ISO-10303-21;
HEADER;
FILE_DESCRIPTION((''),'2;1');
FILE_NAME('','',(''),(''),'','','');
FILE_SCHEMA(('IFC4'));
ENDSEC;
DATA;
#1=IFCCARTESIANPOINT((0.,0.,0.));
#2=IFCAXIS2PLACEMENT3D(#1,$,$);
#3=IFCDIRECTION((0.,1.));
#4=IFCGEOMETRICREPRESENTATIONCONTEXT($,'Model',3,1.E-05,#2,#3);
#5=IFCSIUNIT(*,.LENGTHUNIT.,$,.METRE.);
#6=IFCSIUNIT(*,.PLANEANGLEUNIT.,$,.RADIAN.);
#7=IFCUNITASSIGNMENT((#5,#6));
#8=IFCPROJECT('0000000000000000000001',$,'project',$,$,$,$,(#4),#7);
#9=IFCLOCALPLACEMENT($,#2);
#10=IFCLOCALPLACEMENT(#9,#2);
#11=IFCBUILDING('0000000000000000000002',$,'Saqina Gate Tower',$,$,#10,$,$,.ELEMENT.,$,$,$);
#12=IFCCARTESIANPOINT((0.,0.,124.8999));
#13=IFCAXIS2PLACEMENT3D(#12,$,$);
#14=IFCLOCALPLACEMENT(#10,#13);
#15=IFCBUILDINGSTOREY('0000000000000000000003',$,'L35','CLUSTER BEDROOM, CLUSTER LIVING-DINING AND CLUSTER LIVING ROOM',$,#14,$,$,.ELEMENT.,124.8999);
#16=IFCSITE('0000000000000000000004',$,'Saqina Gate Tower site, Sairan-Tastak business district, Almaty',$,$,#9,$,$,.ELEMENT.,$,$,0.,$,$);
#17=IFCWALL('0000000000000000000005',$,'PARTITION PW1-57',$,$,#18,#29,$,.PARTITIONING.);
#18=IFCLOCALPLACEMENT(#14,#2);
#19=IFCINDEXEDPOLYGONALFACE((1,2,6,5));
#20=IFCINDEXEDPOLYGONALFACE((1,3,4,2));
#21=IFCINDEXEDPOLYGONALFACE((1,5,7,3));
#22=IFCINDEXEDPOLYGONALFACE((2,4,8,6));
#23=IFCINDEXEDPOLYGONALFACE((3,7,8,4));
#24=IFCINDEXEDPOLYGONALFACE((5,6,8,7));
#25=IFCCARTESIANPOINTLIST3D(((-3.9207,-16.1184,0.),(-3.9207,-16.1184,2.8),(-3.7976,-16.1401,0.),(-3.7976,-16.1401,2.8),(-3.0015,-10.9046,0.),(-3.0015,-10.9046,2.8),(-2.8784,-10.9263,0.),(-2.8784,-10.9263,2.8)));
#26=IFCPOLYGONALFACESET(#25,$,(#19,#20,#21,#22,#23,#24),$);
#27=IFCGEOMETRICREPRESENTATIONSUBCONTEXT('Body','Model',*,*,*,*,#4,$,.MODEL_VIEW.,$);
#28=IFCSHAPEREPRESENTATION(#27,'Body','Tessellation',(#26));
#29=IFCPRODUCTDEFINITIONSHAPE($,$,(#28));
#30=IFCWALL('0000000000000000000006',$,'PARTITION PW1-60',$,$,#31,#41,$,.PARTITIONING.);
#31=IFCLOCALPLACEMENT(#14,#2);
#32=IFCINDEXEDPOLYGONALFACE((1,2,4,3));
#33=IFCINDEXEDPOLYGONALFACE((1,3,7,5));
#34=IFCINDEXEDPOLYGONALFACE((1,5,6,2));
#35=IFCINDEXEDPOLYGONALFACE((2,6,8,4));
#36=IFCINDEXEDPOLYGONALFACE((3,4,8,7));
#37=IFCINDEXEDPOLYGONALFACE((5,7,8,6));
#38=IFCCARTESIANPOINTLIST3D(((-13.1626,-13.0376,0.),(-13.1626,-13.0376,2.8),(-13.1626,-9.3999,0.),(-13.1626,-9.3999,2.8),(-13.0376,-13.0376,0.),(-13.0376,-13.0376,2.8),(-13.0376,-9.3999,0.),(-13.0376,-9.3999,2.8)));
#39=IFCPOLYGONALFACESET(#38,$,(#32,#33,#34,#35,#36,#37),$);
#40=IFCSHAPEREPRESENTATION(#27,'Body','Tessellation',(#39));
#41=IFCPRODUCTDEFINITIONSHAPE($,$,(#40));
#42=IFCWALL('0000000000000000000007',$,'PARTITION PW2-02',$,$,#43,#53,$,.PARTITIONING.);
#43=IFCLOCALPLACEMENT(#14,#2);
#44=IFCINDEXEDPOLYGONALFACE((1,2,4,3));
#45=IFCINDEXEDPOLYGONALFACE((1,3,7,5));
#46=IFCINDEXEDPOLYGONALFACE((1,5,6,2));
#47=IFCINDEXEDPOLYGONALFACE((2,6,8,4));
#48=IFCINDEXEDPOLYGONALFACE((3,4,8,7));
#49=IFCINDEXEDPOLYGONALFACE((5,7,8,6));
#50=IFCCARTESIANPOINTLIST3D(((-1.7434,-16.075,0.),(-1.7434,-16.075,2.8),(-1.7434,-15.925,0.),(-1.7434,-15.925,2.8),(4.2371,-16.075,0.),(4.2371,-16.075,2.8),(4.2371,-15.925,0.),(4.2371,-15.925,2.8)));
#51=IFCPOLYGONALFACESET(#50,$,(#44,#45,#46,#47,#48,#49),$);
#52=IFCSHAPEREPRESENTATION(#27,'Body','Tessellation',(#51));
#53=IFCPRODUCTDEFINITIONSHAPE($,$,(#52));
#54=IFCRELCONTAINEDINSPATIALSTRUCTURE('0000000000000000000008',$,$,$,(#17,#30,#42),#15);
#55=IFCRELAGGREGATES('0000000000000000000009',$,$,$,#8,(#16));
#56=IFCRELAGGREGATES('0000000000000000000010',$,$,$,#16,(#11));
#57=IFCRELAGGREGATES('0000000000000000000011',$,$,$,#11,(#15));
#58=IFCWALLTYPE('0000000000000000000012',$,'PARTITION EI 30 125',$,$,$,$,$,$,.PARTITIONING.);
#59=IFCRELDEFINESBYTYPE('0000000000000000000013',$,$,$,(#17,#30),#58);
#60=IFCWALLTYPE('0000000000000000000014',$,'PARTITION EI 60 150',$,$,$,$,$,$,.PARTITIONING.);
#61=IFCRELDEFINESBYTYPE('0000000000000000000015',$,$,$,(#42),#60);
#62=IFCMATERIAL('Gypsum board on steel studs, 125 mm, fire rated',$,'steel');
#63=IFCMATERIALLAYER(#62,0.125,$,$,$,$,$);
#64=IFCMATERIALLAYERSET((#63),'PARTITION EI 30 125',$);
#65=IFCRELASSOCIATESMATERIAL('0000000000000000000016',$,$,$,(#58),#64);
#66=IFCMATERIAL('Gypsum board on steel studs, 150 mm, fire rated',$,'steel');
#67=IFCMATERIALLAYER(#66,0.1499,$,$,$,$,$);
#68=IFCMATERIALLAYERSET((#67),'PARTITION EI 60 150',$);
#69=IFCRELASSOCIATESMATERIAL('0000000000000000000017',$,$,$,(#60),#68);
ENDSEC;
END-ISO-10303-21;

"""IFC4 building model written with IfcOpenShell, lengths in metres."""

from ifc_helpers import new_model, si_unit, direction, frame, frame_2d, origin, place, context, subcontext, project, spatial, rectangle, extrude, material, layer, layer_set, type_object, element, save


model = new_model("IFC4")

# Units and contexts
model_context = context("Model", 3, precision=1e-05, world=origin(), true_north=direction((0.0, 1.0)))
body_context = subcontext(model_context, "Body", "Model", "MODEL_VIEW")
ifc_project = project(units=[si_unit("LENGTHUNIT", "METRE"), si_unit("PLANEANGLEUNIT", "RADIAN")], contexts=[model_context])

# Site, building, storey
site_placement = place(None, origin())
site = spatial("IfcSite", under=ifc_project, at=site_placement, Name="Saqina Gate Tower site, Sairan-Tastak business district, Almaty", CompositionType="ELEMENT", RefElevation=0.0)
building_placement = place(site_placement, origin())
building = spatial("IfcBuilding", under=site, at=building_placement, Name="Saqina Gate Tower", CompositionType="ELEMENT")
storey_placement = place(building_placement, frame((0.0, 0.0, 124.8999)))
storey = spatial("IfcBuildingStorey", under=building, at=storey_placement, Name="L35", Description="CLUSTER BEDROOM, CLUSTER LIVING-DINING AND CLUSTER LIVING ROOM", CompositionType="ELEMENT", Elevation=124.8999)

# Shared definitions
ifc_material_1 = material(Name="Gypsum board on steel studs, 125 mm, fire rated", Category="steel")
ifc_layer_1 = layer(ifc_material_1, 0.125)
ifc_layer_set_1 = layer_set([ifc_layer_1], Name="PARTITION EI 30 125")
wall_type_1 = type_object("IfcWallType", Name="PARTITION EI 30 125", PredefinedType="PARTITIONING", material=ifc_layer_set_1)

# Walls
wall_1_placement = place(storey_placement, frame((-3.8591, -16.1292, 0.0), z_axis=(0.0, 0.0, 1.0), x_axis=(0.17362, 0.984813, 0.0)))
element("IfcWall", 1, at=wall_1_placement, inside=storey, type_object=wall_type_1, Name="PARTITION PW1-57", PredefinedType="PARTITIONING", context=body_context, shape_type="SweptSolid", body=[
    extrude(rectangle(XDim=5.2942, YDim=0.125, at=frame_2d((2.647, 0.0))), origin(), (0.0, 0.0, 1.0), 2.8),
])
wall_2_placement = place(storey_placement, frame((-13.1001, -13.0376, 0.0), z_axis=(0.0, 0.0, 1.0), x_axis=(0.0, 1.0, 0.0)))
element("IfcWall", 2, at=wall_2_placement, inside=storey, type_object=wall_type_1, Name="PARTITION PW1-60", PredefinedType="PARTITIONING", context=body_context, shape_type="SweptSolid", body=[
    extrude(rectangle(XDim=3.6377, YDim=0.125, at=frame_2d((1.8188, 0.0))), origin(), (0.0, 0.0, 1.0), 2.8),
])
ifc_material_2 = material(Name="Gypsum board on steel studs, 150 mm, fire rated", Category="steel")
ifc_layer_2 = layer(ifc_material_2, 0.1499)
ifc_layer_set_2 = layer_set([ifc_layer_2], Name="PARTITION EI 60 150")
wall_type_2 = type_object("IfcWallType", Name="PARTITION EI 60 150", PredefinedType="PARTITIONING", material=ifc_layer_set_2)
wall_3_placement = place(storey_placement, frame((-1.7434, -16.0, 0.0), z_axis=(0.0, 0.0, 1.0), x_axis=(1.0, 0.0, 0.0)))
element("IfcWall", 3, at=wall_3_placement, inside=storey, type_object=wall_type_2, Name="PARTITION PW2-02", PredefinedType="PARTITIONING", context=body_context, shape_type="SweptSolid", body=[
    extrude(rectangle(XDim=5.9805, YDim=0.1499, at=frame_2d((2.9902, 0.0))), origin(), (0.0, 0.0, 1.0), 2.8),
])

save(model, "model.ifc")
